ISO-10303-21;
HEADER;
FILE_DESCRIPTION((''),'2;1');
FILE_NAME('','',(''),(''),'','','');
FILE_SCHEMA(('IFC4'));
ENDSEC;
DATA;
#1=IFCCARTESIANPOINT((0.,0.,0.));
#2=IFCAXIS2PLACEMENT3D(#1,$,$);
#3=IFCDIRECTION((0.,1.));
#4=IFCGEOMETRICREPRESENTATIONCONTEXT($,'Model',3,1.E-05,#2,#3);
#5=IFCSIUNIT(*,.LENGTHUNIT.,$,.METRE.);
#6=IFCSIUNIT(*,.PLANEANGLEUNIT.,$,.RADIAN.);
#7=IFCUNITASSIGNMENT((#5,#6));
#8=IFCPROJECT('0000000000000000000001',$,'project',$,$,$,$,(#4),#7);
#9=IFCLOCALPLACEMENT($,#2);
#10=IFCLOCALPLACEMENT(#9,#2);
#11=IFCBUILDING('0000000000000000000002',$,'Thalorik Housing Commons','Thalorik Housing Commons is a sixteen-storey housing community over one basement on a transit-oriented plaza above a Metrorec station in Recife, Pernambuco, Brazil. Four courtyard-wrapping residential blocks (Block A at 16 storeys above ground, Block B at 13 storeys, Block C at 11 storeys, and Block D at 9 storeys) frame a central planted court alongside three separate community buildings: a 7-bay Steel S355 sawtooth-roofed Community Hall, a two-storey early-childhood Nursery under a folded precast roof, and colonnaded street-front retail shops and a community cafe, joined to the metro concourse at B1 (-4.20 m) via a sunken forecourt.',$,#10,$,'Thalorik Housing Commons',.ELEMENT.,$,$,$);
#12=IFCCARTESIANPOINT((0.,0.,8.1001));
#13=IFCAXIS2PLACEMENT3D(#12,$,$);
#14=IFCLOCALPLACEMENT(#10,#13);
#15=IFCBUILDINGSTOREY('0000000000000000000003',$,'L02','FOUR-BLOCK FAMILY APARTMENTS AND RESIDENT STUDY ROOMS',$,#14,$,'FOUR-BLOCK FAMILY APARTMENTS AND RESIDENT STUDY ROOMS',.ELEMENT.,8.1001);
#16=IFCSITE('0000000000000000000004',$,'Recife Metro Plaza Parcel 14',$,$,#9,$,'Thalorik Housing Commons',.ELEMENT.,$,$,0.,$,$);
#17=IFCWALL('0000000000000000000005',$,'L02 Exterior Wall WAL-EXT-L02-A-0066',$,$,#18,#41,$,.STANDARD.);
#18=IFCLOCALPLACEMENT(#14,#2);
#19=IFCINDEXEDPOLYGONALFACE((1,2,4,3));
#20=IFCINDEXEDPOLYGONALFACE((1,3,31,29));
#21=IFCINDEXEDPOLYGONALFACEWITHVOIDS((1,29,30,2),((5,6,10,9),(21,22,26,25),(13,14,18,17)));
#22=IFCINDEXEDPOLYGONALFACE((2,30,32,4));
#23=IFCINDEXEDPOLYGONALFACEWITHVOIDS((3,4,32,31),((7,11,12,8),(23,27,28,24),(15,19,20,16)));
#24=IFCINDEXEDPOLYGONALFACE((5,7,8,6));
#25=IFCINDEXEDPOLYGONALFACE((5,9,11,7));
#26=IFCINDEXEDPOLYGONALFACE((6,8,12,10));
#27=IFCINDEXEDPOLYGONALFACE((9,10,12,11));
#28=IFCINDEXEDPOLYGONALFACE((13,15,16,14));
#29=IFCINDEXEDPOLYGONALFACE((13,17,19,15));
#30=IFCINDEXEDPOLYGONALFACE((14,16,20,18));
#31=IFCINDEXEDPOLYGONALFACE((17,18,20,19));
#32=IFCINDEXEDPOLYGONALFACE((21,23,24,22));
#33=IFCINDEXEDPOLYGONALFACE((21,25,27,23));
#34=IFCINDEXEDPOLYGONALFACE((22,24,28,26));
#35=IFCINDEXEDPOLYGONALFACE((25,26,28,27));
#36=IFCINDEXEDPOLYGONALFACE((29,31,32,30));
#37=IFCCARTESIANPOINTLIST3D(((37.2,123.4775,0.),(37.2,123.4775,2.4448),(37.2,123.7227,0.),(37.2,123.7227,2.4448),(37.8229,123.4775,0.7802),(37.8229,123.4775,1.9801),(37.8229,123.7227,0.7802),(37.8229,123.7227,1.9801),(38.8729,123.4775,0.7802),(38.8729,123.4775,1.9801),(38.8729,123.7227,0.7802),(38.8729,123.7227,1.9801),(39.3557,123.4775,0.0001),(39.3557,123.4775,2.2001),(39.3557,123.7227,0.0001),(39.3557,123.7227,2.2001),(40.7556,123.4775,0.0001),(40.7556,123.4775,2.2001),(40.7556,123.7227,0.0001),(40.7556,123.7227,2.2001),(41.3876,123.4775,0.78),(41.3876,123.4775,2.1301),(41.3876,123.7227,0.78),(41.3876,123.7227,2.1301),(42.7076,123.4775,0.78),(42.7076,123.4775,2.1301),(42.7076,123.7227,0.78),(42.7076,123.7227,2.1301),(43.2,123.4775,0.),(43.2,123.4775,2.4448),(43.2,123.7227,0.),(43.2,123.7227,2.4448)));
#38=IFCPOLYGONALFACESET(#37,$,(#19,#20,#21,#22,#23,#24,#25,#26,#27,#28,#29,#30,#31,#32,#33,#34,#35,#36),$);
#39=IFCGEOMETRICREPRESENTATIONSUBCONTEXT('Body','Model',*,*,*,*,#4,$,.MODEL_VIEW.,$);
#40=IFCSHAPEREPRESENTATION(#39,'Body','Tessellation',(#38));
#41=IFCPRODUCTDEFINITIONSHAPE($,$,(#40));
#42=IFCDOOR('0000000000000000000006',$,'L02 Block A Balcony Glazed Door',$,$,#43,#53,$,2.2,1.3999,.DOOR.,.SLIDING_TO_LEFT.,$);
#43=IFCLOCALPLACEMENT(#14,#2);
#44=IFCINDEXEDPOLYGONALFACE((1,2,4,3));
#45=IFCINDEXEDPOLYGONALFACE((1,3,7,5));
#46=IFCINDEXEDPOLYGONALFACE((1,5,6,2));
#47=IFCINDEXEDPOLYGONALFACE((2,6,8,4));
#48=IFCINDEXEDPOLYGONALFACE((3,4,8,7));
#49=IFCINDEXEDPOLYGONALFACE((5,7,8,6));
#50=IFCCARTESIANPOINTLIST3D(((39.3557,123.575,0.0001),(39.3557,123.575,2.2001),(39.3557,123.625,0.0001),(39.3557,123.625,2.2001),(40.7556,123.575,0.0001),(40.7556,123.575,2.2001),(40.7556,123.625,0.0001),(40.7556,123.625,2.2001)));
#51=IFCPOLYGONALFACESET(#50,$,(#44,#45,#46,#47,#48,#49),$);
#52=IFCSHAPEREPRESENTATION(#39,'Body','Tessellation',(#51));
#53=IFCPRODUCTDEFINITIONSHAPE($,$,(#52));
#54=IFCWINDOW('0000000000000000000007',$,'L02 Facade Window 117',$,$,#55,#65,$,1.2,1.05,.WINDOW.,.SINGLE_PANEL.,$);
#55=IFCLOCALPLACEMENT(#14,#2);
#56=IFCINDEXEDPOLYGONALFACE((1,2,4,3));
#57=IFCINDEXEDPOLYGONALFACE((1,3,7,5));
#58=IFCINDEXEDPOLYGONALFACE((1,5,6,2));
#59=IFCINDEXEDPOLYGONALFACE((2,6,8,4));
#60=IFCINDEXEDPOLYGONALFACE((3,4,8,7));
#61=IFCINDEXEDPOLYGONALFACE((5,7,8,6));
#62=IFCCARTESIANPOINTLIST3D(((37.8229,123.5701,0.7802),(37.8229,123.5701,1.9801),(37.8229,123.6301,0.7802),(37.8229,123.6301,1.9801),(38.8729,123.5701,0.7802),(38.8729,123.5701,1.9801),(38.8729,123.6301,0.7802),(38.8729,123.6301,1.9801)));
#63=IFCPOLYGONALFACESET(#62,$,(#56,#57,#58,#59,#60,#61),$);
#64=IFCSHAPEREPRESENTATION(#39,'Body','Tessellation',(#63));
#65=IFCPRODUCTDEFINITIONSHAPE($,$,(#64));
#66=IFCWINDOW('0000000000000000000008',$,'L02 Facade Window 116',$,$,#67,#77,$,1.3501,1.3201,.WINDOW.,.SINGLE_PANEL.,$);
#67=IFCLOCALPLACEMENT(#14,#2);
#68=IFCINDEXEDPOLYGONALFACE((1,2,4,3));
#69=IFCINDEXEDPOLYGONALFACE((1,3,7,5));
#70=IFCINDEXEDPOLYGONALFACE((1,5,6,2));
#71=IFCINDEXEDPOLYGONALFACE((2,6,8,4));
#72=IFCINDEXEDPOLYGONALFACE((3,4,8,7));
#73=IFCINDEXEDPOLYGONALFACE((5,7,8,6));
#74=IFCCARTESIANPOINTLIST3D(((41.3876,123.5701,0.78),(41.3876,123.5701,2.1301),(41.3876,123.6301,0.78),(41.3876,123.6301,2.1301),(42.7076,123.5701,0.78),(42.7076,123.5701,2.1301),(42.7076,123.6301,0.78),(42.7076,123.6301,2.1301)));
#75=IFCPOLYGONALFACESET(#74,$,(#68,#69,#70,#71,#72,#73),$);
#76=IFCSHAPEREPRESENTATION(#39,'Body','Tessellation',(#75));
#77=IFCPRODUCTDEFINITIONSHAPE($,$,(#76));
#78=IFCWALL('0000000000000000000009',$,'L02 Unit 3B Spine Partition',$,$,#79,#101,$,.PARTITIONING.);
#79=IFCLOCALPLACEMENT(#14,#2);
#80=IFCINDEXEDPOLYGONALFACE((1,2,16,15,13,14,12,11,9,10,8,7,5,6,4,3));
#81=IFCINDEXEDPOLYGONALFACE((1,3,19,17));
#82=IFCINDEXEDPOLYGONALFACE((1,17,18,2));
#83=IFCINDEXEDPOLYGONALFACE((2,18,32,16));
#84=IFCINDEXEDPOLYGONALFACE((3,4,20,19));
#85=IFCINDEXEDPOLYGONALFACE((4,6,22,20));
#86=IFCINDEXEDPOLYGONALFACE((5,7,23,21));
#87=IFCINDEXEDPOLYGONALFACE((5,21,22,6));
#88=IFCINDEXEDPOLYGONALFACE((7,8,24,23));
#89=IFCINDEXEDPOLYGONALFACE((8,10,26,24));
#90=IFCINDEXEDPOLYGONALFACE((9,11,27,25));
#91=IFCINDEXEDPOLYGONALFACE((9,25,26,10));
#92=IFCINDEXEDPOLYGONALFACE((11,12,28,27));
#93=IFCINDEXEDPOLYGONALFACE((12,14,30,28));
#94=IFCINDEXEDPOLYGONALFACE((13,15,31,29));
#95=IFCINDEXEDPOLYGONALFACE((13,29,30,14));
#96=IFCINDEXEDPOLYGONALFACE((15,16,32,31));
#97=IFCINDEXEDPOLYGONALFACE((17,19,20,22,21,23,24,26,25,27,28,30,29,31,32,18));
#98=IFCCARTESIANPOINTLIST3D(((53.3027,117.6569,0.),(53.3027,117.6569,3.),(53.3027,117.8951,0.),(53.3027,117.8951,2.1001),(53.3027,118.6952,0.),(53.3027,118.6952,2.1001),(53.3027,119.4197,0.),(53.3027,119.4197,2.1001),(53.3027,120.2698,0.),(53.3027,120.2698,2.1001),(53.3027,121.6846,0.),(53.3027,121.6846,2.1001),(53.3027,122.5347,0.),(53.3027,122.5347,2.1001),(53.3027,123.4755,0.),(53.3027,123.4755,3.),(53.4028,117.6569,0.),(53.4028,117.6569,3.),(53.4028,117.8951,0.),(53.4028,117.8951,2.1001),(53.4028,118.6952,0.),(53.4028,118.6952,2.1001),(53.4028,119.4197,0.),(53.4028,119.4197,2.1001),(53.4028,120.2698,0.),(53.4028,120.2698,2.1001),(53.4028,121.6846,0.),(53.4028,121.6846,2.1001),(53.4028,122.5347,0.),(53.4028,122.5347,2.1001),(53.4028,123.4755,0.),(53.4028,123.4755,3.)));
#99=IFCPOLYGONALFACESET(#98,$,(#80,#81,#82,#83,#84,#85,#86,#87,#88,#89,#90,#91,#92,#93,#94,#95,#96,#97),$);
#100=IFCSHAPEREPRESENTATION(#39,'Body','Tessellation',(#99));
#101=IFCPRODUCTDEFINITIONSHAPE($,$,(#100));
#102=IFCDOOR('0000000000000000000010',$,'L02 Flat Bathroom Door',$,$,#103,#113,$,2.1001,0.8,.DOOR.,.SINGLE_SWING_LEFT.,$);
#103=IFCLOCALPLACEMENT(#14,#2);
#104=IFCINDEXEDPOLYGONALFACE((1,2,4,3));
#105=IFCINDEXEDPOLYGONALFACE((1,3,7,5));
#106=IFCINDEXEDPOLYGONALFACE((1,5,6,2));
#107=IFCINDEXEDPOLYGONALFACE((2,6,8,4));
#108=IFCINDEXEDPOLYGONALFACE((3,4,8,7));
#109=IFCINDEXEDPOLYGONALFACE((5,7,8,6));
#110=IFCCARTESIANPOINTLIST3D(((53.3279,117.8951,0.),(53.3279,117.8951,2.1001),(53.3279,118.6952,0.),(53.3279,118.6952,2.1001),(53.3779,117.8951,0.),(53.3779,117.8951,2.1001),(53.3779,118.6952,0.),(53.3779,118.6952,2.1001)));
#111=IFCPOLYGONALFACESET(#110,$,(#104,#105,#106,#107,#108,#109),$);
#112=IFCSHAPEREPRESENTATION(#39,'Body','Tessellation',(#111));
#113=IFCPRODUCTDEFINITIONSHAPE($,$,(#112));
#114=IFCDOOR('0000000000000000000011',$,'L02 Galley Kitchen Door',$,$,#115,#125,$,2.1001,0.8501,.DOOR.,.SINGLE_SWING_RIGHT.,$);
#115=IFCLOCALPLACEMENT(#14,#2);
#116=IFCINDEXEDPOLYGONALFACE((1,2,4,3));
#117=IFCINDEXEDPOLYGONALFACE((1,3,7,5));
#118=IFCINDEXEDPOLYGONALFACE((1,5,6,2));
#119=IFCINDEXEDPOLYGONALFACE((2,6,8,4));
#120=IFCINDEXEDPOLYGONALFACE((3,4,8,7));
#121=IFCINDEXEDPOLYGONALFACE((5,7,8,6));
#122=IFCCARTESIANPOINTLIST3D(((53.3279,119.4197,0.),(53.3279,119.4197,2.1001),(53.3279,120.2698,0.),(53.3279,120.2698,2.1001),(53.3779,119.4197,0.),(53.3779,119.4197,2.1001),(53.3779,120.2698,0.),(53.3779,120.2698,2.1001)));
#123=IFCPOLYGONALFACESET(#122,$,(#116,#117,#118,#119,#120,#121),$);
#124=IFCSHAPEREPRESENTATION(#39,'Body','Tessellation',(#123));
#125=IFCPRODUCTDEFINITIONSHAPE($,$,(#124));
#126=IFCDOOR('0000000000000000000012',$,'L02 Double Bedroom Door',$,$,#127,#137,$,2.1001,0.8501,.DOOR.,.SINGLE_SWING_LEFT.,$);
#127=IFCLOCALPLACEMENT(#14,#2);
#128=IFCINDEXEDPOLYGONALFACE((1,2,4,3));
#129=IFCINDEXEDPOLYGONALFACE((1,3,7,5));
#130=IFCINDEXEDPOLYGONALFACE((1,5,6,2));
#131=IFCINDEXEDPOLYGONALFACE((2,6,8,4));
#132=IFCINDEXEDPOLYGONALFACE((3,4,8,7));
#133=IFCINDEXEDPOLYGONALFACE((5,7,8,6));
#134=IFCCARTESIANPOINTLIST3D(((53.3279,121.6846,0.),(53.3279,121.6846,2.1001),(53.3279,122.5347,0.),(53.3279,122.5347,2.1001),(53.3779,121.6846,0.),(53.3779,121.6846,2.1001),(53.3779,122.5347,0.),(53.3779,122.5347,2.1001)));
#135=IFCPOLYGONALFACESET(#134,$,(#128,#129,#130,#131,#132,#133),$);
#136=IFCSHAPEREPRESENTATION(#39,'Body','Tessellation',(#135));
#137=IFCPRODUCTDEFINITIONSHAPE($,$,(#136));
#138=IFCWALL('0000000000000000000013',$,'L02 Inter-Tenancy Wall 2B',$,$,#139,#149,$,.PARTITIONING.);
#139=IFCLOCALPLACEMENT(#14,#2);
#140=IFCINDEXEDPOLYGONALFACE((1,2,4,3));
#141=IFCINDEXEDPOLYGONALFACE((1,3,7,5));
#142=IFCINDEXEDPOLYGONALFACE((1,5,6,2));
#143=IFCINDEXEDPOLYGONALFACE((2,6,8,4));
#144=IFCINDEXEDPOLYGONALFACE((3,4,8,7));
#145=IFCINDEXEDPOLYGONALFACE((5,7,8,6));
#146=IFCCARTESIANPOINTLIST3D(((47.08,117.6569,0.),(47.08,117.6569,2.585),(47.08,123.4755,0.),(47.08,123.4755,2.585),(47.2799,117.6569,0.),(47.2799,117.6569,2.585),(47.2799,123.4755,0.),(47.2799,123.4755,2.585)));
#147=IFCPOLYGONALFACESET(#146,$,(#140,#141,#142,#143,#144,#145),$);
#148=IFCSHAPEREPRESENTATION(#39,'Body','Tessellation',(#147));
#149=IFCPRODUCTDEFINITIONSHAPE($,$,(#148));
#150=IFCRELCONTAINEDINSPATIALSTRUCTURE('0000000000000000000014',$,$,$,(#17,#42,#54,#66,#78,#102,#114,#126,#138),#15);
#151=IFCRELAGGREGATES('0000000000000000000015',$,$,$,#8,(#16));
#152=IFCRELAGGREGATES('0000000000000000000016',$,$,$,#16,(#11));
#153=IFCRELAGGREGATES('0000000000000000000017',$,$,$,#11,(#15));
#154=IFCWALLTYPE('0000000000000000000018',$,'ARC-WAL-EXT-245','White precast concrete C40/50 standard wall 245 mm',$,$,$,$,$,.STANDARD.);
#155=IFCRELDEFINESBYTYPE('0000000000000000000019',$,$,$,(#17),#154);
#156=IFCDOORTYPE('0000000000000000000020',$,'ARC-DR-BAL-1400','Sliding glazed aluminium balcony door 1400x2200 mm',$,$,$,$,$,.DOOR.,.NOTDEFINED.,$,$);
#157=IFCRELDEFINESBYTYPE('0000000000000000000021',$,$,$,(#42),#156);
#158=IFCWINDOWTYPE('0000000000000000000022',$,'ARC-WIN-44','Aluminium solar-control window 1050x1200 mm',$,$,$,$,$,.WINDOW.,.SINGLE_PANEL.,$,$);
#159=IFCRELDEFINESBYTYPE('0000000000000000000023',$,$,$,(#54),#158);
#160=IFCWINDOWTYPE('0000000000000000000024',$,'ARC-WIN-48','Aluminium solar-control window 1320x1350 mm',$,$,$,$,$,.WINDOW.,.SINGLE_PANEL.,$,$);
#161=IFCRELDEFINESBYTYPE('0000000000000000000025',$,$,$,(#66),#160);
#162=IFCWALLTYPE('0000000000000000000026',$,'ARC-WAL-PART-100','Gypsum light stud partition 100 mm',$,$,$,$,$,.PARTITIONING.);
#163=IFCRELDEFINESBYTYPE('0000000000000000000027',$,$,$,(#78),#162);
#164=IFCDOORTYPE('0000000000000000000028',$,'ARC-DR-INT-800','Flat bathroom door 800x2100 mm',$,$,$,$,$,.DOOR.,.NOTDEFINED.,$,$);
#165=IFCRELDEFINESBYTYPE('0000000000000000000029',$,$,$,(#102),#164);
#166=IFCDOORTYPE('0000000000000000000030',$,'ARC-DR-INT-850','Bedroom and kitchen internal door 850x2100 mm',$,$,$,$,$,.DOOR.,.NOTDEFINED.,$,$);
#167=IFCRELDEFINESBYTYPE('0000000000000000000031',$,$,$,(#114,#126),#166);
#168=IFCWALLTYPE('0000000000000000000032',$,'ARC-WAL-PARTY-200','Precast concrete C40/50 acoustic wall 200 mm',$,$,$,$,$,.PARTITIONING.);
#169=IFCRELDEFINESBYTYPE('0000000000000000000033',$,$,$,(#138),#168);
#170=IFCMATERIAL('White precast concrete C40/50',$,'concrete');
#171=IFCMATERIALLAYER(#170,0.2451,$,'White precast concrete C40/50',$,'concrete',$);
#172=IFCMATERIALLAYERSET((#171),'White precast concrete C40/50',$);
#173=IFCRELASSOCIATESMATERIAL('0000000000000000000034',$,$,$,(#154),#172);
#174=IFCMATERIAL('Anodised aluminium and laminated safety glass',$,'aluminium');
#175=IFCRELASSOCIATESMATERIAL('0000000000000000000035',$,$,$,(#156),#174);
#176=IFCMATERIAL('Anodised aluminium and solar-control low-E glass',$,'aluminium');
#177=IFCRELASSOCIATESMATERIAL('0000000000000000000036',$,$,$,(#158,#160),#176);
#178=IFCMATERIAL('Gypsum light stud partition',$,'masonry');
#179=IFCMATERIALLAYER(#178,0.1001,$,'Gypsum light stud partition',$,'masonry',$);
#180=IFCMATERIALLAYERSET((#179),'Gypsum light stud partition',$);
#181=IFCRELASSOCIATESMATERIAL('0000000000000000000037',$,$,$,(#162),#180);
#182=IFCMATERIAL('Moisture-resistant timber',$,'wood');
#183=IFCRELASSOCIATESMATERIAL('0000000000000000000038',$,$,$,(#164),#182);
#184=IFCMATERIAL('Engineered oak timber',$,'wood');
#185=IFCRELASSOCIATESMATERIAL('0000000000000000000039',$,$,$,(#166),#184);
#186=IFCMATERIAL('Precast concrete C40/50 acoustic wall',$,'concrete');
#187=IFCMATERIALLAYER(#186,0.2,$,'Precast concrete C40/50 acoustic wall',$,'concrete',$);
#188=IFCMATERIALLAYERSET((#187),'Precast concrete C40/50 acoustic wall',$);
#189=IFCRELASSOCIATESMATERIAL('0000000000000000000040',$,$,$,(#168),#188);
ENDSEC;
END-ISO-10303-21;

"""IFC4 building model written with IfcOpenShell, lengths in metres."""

from ifc_helpers import new_model, si_unit, direction, frame, frame_2d, origin, place, context, subcontext, project, spatial, rectangle, extrude, material, layer, layer_set, type_object, element, fill, save


model = new_model("IFC4")

# Units and contexts
model_context = context("Model", 3, precision=1e-05, world=origin(), true_north=direction((0.0, 1.0)))
body_context = subcontext(model_context, "Body", "Model", "MODEL_VIEW")
ifc_project = project(units=[si_unit("LENGTHUNIT", "METRE"), si_unit("PLANEANGLEUNIT", "RADIAN")], contexts=[model_context])

# Site, building, storey
site_placement = place(None, origin())
site = spatial("IfcSite", under=ifc_project, at=site_placement, Name="Recife Metro Plaza Parcel 14", LongName="Thalorik Housing Commons", CompositionType="ELEMENT", RefElevation=0.0)
building_placement = place(site_placement, origin())
building = spatial("IfcBuilding", under=site, at=building_placement, Name="Thalorik Housing Commons", Description="Thalorik Housing Commons is a sixteen-storey housing community over one basement on a transit-oriented plaza above a Metrorec station in Recife, Pernambuco, Brazil. Four courtyard-wrapping residential blocks (Block A at 16 storeys above ground, Block B at 13 storeys, Block C at 11 storeys, and Block D at 9 storeys) frame a central planted court alongside three separate community buildings: a 7-bay Steel S355 sawtooth-roofed Community Hall, a two-storey early-childhood Nursery under a folded precast roof, and colonnaded street-front retail shops and a community cafe, joined to the metro concourse at B1 (-4.20 m) via a sunken forecourt.", LongName="Thalorik Housing Commons", CompositionType="ELEMENT")
storey_placement = place(building_placement, frame((0.0, 0.0, 8.1001)))
storey = spatial("IfcBuildingStorey", under=building, at=storey_placement, Name="L02", Description="FOUR-BLOCK FAMILY APARTMENTS AND RESIDENT STUDY ROOMS", LongName="FOUR-BLOCK FAMILY APARTMENTS AND RESIDENT STUDY ROOMS", CompositionType="ELEMENT", Elevation=8.1001)

# Wall, openings, door, windows
ifc_material_1 = material(Name="White precast concrete C40/50", Category="concrete")
ifc_layer_1 = layer(ifc_material_1, 0.2451, Name="White precast concrete C40/50", Category="concrete")
ifc_layer_set_1 = layer_set([ifc_layer_1], Name="White precast concrete C40/50")
wall_type_1 = type_object("IfcWallType", Name="ARC-WAL-EXT-245", Description="White precast concrete C40/50 standard wall 245 mm", PredefinedType="STANDARD", material=ifc_layer_set_1)
ifc_material_2 = material(Name="Anodised aluminium and laminated safety glass", Category="aluminium")
ifc_material_3 = material(Name="Anodised aluminium and solar-control low-E glass", Category="aluminium")
wall_1_placement = place(storey_placement, frame((43.2, 123.6001, 0.0), z_axis=(0.0, 0.0, 1.0), x_axis=(-1.0, 0.0, 0.0)))
wall_1 = element("IfcWall", 1, at=wall_1_placement, inside=storey, type_object=wall_type_1, Name="L02 Exterior Wall WAL-EXT-L02-A-0066", PredefinedType="STANDARD", context=body_context, shape_type="SweptSolid", body=[
    extrude(rectangle(XDim=6.0, YDim=0.2451, at=frame_2d((3.0, 0.0))), origin(), (0.0, 0.0, 1.0), 2.4448),
])
opening_1_placement = place(wall_1_placement, frame((2.4443, 0.0, 0.0)))
opening_1 = element("IfcOpeningElement", 2, at=opening_1_placement, cuts=wall_1, PredefinedType="OPENING", context=body_context, shape_type="SweptSolid", body=[
    extrude(rectangle(XDim=1.3999, YDim=2.2, at=frame_2d((0.7, 1.1001))), frame((0.0, 0.1326, 0.0), z_axis=(0.0, -1.0, 0.0), x_axis=(1.0, 0.0, 0.0)), (0.0, 0.0, 1.0), 0.2651),
])
opening_2_placement = place(wall_1_placement, frame((0.4922, 0.0, 0.78)))
opening_2 = element("IfcOpeningElement", 3, at=opening_2_placement, cuts=wall_1, PredefinedType="OPENING", context=body_context, shape_type="SweptSolid", body=[
    extrude(rectangle(XDim=1.3201, YDim=1.3501, at=frame_2d((0.6602, 0.675))), frame((0.0, 0.1326, 0.0), z_axis=(0.0, -1.0, 0.0), x_axis=(1.0, 0.0, 0.0)), (0.0, 0.0, 1.0), 0.2651),
])
opening_3_placement = place(wall_1_placement, frame((4.3271, 0.0, 0.78)))
opening_3 = element("IfcOpeningElement", 4, at=opening_3_placement, cuts=wall_1, PredefinedType="OPENING", context=body_context, shape_type="SweptSolid", body=[
    extrude(rectangle(XDim=1.05, YDim=1.2, at=frame_2d((0.5249, 0.6001))), frame((0.0, 0.1326, 0.0), z_axis=(0.0, -1.0, 0.0), x_axis=(1.0, 0.0, 0.0)), (0.0, 0.0, 1.0), 0.2651),
])
door_type_1 = type_object("IfcDoorType", Name="ARC-DR-BAL-1400", Description="Sliding glazed aluminium balcony door 1400x2200 mm", OperationType="NOTDEFINED", PredefinedType="DOOR", material=ifc_material_2)
door_1_placement = place(opening_1_placement, frame((1.3999, 0.0, 0.0), z_axis=(0.0, 0.0, 1.0), x_axis=(-1.0, 0.0, 0.0)))
door_1 = element("IfcDoor", 5, at=door_1_placement, inside=storey, type_object=door_type_1, Name="L02 Block A Balcony Glazed Door", OperationType="SLIDING_TO_LEFT", OverallHeight=2.2, OverallWidth=1.3999, PredefinedType="DOOR", context=body_context, shape_type="SweptSolid", body=[
    extrude(rectangle(XDim=1.3999, YDim=2.2, at=frame_2d((0.7, 1.1001))), frame((0.0, 0.0249, 0.0), z_axis=(0.0, -1.0, 0.0), x_axis=(1.0, 0.0, 0.0)), (0.0, 0.0, 1.0), 0.05),
])
fill(opening_1, door_1)
window_type_1 = type_object("IfcWindowType", Name="ARC-WIN-44", Description="Aluminium solar-control window 1050x1200 mm", PartitioningType="SINGLE_PANEL", PredefinedType="WINDOW", material=ifc_material_3)
window_1_placement = place(opening_3_placement, origin())
window_1 = element("IfcWindow", 6, at=window_1_placement, inside=storey, type_object=window_type_1, Name="L02 Facade Window 117", OverallHeight=1.2, OverallWidth=1.05, PartitioningType="SINGLE_PANEL", PredefinedType="WINDOW", context=body_context, shape_type="SweptSolid", body=[
    extrude(rectangle(XDim=1.05, YDim=1.2, at=frame_2d((0.5249, 0.6001))), frame((0.0, 0.03, 0.0), z_axis=(0.0, -1.0, 0.0), x_axis=(1.0, 0.0, 0.0)), (0.0, 0.0, 1.0), 0.0601),
])
fill(opening_3, window_1)
window_type_2 = type_object("IfcWindowType", Name="ARC-WIN-48", Description="Aluminium solar-control window 1320x1350 mm", PartitioningType="SINGLE_PANEL", PredefinedType="WINDOW", material=ifc_material_3)
window_2_placement = place(opening_2_placement, origin())
window_2 = element("IfcWindow", 7, at=window_2_placement, inside=storey, type_object=window_type_2, Name="L02 Facade Window 116", OverallHeight=1.3501, OverallWidth=1.3201, PartitioningType="SINGLE_PANEL", PredefinedType="WINDOW", context=body_context, shape_type="SweptSolid", body=[
    extrude(rectangle(XDim=1.3201, YDim=1.3501, at=frame_2d((0.6602, 0.675))), frame((0.0, 0.03, 0.0), z_axis=(0.0, -1.0, 0.0), x_axis=(1.0, 0.0, 0.0)), (0.0, 0.0, 1.0), 0.0601),
])
fill(opening_2, window_2)

# Wall, openings, doors
ifc_material_4 = material(Name="Gypsum light stud partition", Category="masonry")
ifc_layer_2 = layer(ifc_material_4, 0.1001, Name="Gypsum light stud partition", Category="masonry")
ifc_layer_set_2 = layer_set([ifc_layer_2], Name="Gypsum light stud partition")
wall_type_2 = type_object("IfcWallType", Name="ARC-WAL-PART-100", Description="Gypsum light stud partition 100 mm", PredefinedType="PARTITIONING", material=ifc_layer_set_2)
wall_2_placement = place(storey_placement, frame((53.3528, 117.657, 0.0), z_axis=(0.0, 0.0, 1.0), x_axis=(0.0, 1.0, 0.0)))
wall_2 = element("IfcWall", 8, at=wall_2_placement, inside=storey, type_object=wall_type_2, Name="L02 Unit 3B Spine Partition", PredefinedType="PARTITIONING", context=body_context, shape_type="SweptSolid", body=[
    extrude(rectangle(XDim=5.8186, YDim=0.1001, at=frame_2d((2.9092, 0.0))), origin(), (0.0, 0.0, 1.0), 3.0),
])
opening_4_placement = place(wall_2_placement, frame((0.2383, 0.0, 0.0)))
opening_4 = element("IfcOpeningElement", 9, at=opening_4_placement, cuts=wall_2, PredefinedType="OPENING", context=body_context, shape_type="SweptSolid", body=[
    extrude(rectangle(XDim=0.8, YDim=2.1001, at=frame_2d((0.3999, 1.05))), frame((0.0, 0.0601, 0.0), z_axis=(0.0, -1.0, 0.0), x_axis=(1.0, 0.0, 0.0)), (0.0, 0.0, 1.0), 0.1201),
])
opening_5_placement = place(wall_2_placement, frame((1.7627, 0.0, 0.0)))
opening_5 = element("IfcOpeningElement", 10, at=opening_5_placement, cuts=wall_2, PredefinedType="OPENING", context=body_context, shape_type="SweptSolid", body=[
    extrude(rectangle(XDim=0.8501, YDim=2.1001, at=frame_2d((0.425, 1.05))), frame((0.0, 0.0601, 0.0), z_axis=(0.0, -1.0, 0.0), x_axis=(1.0, 0.0, 0.0)), (0.0, 0.0, 1.0), 0.1201),
])
opening_6_placement = place(wall_2_placement, frame((4.0276, 0.0, 0.0)))
opening_6 = element("IfcOpeningElement", 11, at=opening_6_placement, cuts=wall_2, PredefinedType="OPENING", context=body_context, shape_type="SweptSolid", body=[
    extrude(rectangle(XDim=0.8501, YDim=2.1001, at=frame_2d((0.425, 1.05))), frame((0.0, 0.0601, 0.0), z_axis=(0.0, -1.0, 0.0), x_axis=(1.0, 0.0, 0.0)), (0.0, 0.0, 1.0), 0.1201),
])
ifc_material_5 = material(Name="Moisture-resistant timber", Category="wood")
door_type_2 = type_object("IfcDoorType", Name="ARC-DR-INT-800", Description="Flat bathroom door 800x2100 mm", OperationType="NOTDEFINED", PredefinedType="DOOR", material=ifc_material_5)
door_2_placement = place(opening_4_placement, origin())
door_2 = element("IfcDoor", 12, at=door_2_placement, inside=storey, type_object=door_type_2, Name="L02 Flat Bathroom Door", OperationType="SINGLE_SWING_LEFT", OverallHeight=2.1001, OverallWidth=0.8, PredefinedType="DOOR", context=body_context, shape_type="SweptSolid", body=[
    extrude(rectangle(XDim=0.8, YDim=2.1001, at=frame_2d((0.3999, 1.05))), frame((0.0, 0.0249, 0.0), z_axis=(0.0, -1.0, 0.0), x_axis=(1.0, 0.0, 0.0)), (0.0, 0.0, 1.0), 0.05),
])
fill(opening_4, door_2)
ifc_material_6 = material(Name="Engineered oak timber", Category="wood")
door_type_3 = type_object("IfcDoorType", Name="ARC-DR-INT-850", Description="Bedroom and kitchen internal door 850x2100 mm", OperationType="NOTDEFINED", PredefinedType="DOOR", material=ifc_material_6)
door_3_placement = place(opening_5_placement, origin())
door_3 = element("IfcDoor", 13, at=door_3_placement, inside=storey, type_object=door_type_3, Name="L02 Galley Kitchen Door", OperationType="SINGLE_SWING_RIGHT", OverallHeight=2.1001, OverallWidth=0.8501, PredefinedType="DOOR", context=body_context, shape_type="SweptSolid", body=[
    extrude(rectangle(XDim=0.8501, YDim=2.1001, at=frame_2d((0.425, 1.05))), frame((0.0, 0.0249, 0.0), z_axis=(0.0, -1.0, 0.0), x_axis=(1.0, 0.0, 0.0)), (0.0, 0.0, 1.0), 0.05),
])
fill(opening_5, door_3)
door_4_placement = place(opening_6_placement, origin())
door_4 = element("IfcDoor", 14, at=door_4_placement, inside=storey, type_object=door_type_3, Name="L02 Double Bedroom Door", OperationType="SINGLE_SWING_LEFT", OverallHeight=2.1001, OverallWidth=0.8501, PredefinedType="DOOR", context=body_context, shape_type="SweptSolid", body=[
    extrude(rectangle(XDim=0.8501, YDim=2.1001, at=frame_2d((0.425, 1.05))), frame((0.0, 0.0249, 0.0), z_axis=(0.0, -1.0, 0.0), x_axis=(1.0, 0.0, 0.0)), (0.0, 0.0, 1.0), 0.05),
])
fill(opening_6, door_4)

# Wall
ifc_material_7 = material(Name="Precast concrete C40/50 acoustic wall", Category="concrete")
ifc_layer_3 = layer(ifc_material_7, 0.2, Name="Precast concrete C40/50 acoustic wall", Category="concrete")
ifc_layer_set_3 = layer_set([ifc_layer_3], Name="Precast concrete C40/50 acoustic wall")
wall_type_3 = type_object("IfcWallType", Name="ARC-WAL-PARTY-200", Description="Precast concrete C40/50 acoustic wall 200 mm", PredefinedType="PARTITIONING", material=ifc_layer_set_3)
wall_3_placement = place(storey_placement, frame((47.1799, 117.657, 0.0), z_axis=(0.0, 0.0, 1.0), x_axis=(0.0, 1.0, 0.0)))
element("IfcWall", 15, at=wall_3_placement, inside=storey, type_object=wall_type_3, Name="L02 Inter-Tenancy Wall 2B", PredefinedType="PARTITIONING", context=body_context, shape_type="SweptSolid", body=[
    extrude(rectangle(XDim=5.8186, YDim=0.2, at=frame_2d((2.9092, 0.0))), origin(), (0.0, 0.0, 1.0), 2.585),
])

save(model, "model.ifc")
